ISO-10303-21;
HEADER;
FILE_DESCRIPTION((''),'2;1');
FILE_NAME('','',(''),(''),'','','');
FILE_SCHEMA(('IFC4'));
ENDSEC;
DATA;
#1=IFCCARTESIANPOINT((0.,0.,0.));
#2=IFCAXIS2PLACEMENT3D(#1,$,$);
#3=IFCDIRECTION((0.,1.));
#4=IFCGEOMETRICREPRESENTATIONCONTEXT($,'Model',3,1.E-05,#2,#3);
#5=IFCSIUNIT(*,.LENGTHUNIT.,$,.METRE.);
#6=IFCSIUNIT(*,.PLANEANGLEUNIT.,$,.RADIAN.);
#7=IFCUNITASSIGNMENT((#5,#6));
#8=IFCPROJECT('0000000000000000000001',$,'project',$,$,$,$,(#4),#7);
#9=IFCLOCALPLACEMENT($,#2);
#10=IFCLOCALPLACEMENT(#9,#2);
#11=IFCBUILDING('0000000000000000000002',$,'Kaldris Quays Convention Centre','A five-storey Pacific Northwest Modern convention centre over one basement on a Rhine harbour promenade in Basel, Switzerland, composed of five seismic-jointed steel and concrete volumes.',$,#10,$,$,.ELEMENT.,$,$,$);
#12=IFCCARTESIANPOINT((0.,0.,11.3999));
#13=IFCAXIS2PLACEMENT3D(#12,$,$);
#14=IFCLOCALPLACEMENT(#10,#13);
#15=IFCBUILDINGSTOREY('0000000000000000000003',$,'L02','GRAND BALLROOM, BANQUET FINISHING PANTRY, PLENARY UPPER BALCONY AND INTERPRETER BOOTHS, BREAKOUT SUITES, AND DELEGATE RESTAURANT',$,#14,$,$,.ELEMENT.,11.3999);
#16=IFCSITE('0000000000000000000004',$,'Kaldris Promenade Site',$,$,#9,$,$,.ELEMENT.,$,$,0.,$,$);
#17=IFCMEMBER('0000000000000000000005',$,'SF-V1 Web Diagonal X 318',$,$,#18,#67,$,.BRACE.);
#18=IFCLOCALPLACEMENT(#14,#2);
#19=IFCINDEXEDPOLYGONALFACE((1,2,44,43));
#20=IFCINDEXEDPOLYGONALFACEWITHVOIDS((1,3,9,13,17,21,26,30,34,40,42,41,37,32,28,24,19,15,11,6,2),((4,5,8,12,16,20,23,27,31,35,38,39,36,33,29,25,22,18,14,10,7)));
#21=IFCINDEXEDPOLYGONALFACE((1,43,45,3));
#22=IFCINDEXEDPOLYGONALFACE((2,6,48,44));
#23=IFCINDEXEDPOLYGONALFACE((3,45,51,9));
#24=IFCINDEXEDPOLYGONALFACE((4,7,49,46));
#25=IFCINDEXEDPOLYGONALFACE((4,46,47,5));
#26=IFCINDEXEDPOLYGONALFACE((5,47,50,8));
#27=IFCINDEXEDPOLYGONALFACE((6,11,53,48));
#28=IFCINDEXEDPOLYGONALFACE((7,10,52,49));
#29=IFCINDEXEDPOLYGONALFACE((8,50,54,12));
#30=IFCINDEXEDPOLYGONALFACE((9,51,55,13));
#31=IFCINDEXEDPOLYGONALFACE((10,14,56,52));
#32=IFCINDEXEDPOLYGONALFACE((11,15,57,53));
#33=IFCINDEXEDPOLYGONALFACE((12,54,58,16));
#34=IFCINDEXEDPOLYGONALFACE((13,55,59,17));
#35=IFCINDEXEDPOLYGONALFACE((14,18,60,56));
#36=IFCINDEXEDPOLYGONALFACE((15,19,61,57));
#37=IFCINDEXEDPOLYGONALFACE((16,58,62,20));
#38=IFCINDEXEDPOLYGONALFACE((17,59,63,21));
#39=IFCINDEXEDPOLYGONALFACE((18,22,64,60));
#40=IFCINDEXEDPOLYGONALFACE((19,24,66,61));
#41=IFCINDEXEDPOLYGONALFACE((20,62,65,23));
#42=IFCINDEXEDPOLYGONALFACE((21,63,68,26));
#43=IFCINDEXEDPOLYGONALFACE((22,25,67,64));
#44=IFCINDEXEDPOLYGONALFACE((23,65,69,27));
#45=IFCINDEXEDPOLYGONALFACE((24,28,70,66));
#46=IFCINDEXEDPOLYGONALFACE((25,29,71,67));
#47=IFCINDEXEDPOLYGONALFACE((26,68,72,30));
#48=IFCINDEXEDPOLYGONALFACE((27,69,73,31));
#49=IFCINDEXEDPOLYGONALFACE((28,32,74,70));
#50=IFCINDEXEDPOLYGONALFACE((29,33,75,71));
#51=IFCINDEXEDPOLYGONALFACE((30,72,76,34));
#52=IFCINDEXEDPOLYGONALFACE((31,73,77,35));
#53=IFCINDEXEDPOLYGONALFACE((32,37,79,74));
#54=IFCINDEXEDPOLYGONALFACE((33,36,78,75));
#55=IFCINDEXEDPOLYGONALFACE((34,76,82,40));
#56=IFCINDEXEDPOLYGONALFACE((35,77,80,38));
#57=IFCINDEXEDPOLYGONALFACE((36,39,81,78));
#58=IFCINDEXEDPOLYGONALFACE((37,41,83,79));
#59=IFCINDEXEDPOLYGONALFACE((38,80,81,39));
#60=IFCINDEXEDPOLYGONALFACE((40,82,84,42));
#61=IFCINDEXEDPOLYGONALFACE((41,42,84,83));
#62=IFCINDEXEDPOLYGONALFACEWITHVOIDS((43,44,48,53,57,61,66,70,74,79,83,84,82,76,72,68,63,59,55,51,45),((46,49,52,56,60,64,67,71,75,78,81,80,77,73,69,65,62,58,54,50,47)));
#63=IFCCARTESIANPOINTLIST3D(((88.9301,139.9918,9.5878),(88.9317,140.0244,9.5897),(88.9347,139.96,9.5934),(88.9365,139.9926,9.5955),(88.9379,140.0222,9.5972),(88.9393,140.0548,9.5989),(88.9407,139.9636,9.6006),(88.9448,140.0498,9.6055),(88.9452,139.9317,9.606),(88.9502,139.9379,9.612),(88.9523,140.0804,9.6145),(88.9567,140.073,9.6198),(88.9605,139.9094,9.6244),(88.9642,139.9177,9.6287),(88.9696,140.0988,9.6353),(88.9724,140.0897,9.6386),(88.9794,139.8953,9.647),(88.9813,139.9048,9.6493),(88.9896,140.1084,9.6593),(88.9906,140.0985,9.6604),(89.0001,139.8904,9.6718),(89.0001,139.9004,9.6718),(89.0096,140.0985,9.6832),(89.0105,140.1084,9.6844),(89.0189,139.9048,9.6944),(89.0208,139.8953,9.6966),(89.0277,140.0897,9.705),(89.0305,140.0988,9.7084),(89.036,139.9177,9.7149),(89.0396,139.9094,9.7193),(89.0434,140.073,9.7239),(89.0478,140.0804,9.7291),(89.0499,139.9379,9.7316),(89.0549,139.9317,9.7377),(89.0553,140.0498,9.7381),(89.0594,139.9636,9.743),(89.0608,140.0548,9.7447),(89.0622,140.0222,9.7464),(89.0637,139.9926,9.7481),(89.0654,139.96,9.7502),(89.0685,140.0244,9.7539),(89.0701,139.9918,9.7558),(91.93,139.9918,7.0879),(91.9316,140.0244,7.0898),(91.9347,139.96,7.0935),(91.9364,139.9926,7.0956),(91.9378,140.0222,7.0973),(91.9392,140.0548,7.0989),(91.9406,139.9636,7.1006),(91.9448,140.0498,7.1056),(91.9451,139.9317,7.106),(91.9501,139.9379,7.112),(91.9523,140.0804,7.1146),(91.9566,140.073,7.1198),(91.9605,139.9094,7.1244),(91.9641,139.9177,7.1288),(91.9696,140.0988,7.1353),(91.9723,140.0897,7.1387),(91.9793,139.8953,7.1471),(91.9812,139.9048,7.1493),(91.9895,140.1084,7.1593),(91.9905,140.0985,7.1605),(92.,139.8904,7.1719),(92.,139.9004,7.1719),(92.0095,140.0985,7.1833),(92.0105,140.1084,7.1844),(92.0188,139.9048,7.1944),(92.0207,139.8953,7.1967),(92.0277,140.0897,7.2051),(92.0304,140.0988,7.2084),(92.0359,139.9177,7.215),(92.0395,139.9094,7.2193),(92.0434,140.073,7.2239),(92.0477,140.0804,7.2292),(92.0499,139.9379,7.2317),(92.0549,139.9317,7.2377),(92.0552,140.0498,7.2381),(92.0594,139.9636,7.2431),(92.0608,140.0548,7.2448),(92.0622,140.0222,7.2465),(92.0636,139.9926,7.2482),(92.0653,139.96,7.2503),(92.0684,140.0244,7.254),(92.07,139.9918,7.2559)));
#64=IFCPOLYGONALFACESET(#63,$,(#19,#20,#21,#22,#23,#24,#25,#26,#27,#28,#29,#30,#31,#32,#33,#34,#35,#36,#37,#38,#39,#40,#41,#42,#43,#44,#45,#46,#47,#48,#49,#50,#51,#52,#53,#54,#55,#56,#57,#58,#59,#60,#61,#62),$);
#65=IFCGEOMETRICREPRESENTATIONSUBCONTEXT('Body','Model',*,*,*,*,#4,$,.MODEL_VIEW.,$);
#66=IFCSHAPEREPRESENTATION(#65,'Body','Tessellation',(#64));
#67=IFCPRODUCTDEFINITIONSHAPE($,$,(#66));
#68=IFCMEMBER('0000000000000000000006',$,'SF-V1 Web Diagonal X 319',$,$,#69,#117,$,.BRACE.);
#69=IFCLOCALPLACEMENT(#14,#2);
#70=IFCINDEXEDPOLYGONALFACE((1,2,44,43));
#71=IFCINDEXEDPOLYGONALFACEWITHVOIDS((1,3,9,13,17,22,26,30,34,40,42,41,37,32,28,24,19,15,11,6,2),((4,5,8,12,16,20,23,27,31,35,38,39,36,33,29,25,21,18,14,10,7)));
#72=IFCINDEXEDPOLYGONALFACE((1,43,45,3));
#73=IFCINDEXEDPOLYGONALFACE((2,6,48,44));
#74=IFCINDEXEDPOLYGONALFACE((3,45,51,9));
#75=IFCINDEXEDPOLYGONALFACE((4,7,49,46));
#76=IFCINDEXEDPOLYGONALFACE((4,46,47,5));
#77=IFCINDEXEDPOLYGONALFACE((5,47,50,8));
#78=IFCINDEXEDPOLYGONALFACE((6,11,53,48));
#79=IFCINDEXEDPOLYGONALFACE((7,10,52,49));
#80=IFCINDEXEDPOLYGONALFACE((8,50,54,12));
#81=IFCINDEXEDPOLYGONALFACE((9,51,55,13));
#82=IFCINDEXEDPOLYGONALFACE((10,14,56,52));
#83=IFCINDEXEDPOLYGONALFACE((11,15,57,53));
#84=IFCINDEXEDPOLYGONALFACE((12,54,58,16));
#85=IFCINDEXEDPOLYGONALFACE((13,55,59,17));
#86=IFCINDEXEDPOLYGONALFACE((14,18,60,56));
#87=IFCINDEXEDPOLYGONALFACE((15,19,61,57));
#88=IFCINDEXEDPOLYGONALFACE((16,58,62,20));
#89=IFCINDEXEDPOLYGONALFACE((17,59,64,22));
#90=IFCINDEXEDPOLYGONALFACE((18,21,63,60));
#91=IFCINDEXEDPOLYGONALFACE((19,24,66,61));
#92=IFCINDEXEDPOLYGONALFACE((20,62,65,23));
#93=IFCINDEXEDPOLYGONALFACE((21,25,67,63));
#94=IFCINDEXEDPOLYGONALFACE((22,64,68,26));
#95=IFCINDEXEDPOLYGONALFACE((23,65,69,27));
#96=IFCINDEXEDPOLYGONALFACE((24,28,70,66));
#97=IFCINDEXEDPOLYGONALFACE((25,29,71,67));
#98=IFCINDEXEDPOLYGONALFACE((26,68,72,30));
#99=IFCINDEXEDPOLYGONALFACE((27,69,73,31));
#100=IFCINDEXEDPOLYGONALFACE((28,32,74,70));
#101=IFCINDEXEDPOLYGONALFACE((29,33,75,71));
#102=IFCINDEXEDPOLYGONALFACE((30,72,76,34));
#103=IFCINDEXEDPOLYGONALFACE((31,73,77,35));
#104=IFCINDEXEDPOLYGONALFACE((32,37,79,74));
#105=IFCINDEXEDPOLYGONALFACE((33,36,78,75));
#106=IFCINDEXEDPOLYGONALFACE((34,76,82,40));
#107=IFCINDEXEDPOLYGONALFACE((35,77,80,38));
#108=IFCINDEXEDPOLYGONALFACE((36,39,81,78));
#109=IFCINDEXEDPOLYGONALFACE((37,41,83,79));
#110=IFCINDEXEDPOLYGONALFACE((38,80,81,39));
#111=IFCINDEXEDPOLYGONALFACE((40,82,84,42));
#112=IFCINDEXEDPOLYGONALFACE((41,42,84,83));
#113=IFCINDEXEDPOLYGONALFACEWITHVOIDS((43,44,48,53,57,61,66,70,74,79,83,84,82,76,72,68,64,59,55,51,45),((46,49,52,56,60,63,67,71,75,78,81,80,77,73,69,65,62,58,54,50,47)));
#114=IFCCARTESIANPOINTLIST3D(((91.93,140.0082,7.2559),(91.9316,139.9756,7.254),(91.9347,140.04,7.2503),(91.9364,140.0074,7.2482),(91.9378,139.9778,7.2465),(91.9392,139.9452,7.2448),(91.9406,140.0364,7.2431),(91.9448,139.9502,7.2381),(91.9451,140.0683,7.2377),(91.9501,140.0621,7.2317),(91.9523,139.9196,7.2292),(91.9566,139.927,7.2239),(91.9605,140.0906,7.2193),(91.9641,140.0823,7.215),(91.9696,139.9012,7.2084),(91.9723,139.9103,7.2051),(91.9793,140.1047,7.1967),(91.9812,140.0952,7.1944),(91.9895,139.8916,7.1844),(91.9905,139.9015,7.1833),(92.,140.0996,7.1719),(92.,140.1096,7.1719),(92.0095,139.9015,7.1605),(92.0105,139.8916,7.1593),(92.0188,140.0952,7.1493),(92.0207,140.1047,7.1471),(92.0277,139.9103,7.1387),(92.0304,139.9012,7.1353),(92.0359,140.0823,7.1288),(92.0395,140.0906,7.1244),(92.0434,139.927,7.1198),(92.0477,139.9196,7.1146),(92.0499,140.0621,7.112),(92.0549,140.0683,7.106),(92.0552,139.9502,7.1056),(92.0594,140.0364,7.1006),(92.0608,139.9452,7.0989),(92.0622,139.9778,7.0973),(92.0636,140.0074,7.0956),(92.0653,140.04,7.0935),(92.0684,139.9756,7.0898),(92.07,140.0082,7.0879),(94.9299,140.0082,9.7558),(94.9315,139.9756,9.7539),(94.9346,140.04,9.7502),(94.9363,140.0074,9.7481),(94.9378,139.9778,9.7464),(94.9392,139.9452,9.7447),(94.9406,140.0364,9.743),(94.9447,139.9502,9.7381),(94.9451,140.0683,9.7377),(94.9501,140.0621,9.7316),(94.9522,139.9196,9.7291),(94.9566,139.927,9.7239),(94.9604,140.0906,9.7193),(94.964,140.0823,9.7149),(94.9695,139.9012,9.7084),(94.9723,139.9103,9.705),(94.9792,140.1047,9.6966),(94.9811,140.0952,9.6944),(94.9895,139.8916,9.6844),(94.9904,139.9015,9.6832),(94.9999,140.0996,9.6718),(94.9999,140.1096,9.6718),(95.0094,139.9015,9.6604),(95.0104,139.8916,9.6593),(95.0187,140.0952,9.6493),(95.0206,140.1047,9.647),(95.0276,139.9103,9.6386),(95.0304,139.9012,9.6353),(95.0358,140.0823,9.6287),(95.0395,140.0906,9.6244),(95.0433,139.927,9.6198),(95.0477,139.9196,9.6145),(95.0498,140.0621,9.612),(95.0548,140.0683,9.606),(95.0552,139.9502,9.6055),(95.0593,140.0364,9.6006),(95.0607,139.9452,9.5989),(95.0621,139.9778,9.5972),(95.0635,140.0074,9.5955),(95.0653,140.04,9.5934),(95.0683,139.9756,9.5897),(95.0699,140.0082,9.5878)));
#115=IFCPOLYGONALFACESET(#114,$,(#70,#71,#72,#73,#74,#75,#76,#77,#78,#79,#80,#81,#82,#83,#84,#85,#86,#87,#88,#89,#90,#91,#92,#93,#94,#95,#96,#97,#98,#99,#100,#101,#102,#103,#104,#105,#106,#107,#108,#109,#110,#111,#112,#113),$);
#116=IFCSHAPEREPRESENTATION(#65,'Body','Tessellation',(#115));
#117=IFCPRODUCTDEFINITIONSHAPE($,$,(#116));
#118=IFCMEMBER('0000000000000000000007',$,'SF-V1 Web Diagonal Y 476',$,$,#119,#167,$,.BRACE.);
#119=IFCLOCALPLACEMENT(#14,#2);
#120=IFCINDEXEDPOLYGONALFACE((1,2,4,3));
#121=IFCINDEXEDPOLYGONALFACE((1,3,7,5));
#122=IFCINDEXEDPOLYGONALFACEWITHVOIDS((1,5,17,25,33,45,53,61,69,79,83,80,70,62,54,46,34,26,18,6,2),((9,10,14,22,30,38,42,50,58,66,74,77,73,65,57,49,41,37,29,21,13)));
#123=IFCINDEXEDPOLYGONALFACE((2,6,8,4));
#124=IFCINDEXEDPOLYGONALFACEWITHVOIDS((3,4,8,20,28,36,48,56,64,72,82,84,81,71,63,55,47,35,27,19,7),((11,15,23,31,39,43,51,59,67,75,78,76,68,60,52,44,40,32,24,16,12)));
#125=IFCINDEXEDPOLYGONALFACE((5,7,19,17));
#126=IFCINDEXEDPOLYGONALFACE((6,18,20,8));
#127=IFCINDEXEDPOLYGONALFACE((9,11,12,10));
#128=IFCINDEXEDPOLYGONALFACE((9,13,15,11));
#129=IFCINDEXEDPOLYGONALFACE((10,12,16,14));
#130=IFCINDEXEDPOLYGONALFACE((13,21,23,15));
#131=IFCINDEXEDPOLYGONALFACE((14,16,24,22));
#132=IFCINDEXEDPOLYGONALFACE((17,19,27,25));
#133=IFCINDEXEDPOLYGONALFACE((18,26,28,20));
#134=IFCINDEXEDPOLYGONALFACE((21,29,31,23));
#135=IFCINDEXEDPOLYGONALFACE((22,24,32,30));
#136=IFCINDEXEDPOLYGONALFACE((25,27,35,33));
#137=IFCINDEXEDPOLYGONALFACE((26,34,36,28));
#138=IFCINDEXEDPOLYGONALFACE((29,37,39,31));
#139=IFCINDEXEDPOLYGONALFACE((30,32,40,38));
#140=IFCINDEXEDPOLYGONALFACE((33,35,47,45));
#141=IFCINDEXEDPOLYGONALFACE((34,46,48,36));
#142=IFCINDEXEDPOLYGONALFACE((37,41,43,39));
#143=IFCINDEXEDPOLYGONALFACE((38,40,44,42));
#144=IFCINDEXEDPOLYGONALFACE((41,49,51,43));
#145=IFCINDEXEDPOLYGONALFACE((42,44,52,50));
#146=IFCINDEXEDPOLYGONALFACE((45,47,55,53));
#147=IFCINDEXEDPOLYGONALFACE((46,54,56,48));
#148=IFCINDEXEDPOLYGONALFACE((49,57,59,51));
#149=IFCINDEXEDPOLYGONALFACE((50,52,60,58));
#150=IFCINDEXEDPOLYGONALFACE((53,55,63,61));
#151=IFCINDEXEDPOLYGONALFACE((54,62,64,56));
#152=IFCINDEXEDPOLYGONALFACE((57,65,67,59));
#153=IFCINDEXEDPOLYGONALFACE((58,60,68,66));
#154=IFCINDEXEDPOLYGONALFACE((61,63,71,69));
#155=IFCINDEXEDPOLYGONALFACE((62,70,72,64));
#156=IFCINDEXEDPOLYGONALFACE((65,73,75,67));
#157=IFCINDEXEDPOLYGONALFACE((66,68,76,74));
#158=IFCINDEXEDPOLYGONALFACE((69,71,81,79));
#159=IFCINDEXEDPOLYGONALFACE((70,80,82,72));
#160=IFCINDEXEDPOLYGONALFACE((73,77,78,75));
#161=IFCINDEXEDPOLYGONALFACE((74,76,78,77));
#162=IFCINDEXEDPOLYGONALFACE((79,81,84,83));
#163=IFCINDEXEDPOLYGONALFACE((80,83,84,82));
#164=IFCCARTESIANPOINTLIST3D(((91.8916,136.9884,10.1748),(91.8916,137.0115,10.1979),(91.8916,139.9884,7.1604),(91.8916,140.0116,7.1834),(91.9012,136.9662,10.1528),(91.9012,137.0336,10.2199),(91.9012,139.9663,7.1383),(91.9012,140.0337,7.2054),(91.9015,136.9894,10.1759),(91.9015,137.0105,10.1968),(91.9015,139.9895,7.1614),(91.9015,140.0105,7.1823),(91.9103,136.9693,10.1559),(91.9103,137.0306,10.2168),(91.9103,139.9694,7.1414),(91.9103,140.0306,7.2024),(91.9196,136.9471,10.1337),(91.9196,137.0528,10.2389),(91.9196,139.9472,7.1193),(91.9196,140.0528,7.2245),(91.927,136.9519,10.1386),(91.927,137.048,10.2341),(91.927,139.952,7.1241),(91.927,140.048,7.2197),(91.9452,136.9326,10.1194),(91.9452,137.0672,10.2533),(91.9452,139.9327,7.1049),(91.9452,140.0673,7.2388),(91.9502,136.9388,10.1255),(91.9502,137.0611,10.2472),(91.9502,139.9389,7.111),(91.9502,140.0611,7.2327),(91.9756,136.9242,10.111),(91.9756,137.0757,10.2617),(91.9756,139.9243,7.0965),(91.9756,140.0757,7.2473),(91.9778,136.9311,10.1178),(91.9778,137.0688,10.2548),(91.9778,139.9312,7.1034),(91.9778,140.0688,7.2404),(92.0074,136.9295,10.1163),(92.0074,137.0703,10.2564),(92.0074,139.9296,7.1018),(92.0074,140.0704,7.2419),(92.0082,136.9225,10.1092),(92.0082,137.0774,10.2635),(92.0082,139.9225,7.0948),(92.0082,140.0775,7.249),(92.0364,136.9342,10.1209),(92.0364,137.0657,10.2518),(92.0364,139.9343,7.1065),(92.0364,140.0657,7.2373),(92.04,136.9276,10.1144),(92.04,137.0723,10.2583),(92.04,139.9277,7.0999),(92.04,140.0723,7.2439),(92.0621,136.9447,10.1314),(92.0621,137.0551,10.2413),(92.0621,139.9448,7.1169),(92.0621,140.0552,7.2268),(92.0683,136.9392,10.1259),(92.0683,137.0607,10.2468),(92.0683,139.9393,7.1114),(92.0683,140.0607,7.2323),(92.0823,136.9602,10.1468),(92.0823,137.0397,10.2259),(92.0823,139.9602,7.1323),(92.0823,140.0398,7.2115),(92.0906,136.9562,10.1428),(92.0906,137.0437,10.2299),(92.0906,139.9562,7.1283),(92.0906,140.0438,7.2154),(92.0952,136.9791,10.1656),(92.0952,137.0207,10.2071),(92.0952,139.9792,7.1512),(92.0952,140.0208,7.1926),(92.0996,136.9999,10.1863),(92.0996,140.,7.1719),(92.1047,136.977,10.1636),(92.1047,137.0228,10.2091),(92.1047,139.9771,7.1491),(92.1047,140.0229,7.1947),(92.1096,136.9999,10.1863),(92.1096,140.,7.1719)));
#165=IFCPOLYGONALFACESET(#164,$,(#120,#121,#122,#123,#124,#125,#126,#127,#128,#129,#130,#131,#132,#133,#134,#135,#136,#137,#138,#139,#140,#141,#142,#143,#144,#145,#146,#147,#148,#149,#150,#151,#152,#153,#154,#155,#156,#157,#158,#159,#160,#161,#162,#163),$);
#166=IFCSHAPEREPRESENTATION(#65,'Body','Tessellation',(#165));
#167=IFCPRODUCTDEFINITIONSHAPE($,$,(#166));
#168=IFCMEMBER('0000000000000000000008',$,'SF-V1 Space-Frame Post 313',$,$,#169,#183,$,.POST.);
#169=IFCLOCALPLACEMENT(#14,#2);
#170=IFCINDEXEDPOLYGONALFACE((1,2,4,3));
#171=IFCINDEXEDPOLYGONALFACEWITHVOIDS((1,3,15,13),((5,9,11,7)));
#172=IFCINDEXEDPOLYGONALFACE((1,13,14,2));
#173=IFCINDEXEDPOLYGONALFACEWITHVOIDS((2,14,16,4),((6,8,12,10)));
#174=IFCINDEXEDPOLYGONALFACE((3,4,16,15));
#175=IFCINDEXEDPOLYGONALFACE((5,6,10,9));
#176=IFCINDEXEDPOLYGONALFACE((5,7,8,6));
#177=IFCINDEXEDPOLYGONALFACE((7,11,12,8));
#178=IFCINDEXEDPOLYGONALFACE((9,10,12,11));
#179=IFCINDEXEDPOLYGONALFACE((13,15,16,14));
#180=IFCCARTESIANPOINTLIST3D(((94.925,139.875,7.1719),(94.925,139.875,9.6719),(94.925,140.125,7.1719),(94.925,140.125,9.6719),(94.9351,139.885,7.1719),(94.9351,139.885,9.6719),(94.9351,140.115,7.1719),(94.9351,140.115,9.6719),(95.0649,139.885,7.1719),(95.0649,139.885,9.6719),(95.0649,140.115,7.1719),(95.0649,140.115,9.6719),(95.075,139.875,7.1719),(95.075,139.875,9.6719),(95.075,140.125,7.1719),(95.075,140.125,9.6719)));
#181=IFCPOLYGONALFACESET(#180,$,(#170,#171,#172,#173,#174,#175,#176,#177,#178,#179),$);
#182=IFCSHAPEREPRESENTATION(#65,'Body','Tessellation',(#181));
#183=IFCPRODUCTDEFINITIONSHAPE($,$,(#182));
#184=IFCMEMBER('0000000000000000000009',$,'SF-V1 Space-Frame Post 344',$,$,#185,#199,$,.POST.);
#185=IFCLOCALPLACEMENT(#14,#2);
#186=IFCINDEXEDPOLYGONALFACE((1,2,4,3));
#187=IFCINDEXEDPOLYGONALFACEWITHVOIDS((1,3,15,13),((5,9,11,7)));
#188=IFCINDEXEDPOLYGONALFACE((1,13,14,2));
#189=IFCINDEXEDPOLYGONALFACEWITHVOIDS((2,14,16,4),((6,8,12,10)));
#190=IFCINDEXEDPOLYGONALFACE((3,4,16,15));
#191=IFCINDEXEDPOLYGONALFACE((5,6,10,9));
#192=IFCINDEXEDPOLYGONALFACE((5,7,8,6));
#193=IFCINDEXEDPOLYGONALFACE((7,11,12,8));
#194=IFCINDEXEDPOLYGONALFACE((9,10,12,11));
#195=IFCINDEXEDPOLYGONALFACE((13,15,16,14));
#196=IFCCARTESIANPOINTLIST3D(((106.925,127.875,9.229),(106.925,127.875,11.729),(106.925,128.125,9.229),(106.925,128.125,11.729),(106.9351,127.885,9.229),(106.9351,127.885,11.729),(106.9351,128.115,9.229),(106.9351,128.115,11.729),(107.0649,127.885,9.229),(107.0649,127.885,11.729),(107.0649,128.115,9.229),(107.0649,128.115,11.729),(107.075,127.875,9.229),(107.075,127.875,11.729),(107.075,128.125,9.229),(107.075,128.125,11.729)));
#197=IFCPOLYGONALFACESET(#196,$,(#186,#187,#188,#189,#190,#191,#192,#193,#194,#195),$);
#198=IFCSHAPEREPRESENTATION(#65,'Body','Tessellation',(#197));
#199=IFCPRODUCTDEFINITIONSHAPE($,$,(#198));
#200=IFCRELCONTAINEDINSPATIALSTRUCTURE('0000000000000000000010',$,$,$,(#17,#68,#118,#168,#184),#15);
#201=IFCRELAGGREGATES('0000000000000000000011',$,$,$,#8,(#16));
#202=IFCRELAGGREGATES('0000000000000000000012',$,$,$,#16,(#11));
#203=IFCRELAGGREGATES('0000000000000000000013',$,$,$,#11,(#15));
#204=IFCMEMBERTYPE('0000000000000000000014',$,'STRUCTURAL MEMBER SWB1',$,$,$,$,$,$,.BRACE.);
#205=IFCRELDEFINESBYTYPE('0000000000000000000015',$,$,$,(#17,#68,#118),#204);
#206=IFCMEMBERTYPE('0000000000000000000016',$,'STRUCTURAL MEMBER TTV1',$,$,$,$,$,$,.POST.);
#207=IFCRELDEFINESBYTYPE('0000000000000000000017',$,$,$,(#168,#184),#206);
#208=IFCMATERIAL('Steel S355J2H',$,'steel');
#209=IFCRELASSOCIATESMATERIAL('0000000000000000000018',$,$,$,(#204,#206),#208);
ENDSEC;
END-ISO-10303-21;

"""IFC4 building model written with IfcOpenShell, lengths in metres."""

from ifc_helpers import new_model, si_unit, direction, frame, origin, origin_2d, place, context, subcontext, project, spatial, hollow_rectangle, hollow_circle, extrude, material, material_profile, profile_set, type_object, element, save


model = new_model("IFC4")

# Units and contexts
model_context = context("Model", 3, precision=1e-05, world=origin(), true_north=direction((0.0, 1.0)))
body_context = subcontext(model_context, "Body", "Model", "MODEL_VIEW")
ifc_project = project(units=[si_unit("LENGTHUNIT", "METRE"), si_unit("PLANEANGLEUNIT", "RADIAN")], contexts=[model_context])

# Site, building, storey
site_placement = place(None, origin())
site = spatial("IfcSite", under=ifc_project, at=site_placement, Name="Kaldris Promenade Site", CompositionType="ELEMENT", RefElevation=0.0)
building_placement = place(site_placement, origin())
building = spatial("IfcBuilding", under=site, at=building_placement, Name="Kaldris Quays Convention Centre", Description="A five-storey Pacific Northwest Modern convention centre over one basement on a Rhine harbour promenade in Basel, Switzerland, composed of five seismic-jointed steel and concrete volumes.", CompositionType="ELEMENT")
storey_placement = place(building_placement, frame((0.0, 0.0, 11.3999)))
storey = spatial("IfcBuildingStorey", under=building, at=storey_placement, Name="L02", Description="GRAND BALLROOM, BANQUET FINISHING PANTRY, PLENARY UPPER BALCONY AND INTERPRETER BOOTHS, BREAKOUT SUITES, AND DELEGATE RESTAURANT", CompositionType="ELEMENT", Elevation=11.3999)

# Members
ifc_material_1 = material(Name="Steel S355J2H", Category="steel")
ifc_material_profile_1 = material_profile(ifc_material_1, hollow_circle(Radius=0.1096, WallThickness=0.01, at=origin_2d()), Name="CHS 219.1x10")
ifc_profile_set_1 = profile_set([ifc_material_profile_1], Name="Steel S355J2H")
member_type_1 = type_object("IfcMemberType", Name="STRUCTURAL MEMBER SWB1", PredefinedType="BRACE", material=ifc_profile_set_1)
for number, where, z_axis, x_axis, name in (
    (1, (92.0, 140.0, 7.1719), (-0.768221, 0.0, 0.640184), (0.0, -1.0, 0.0), "SF-V1 Web Diagonal X 318"),
    (2, (92.0, 140.0, 7.1719), (0.768221, 0.0, 0.640184), (0.0, 1.0, 0.0), "SF-V1 Web Diagonal X 319"),
):
    element("IfcMember", number, at=place(storey_placement, frame(where, z_axis=z_axis, x_axis=x_axis)), inside=storey, type_object=member_type_1, Name=name, PredefinedType="BRACE", context=body_context, shape_type="SweptSolid", body=[
        extrude(hollow_circle(Radius=0.1096, WallThickness=0.01, at=origin_2d()), origin(), (0.0, 0.0, 1.0), 3.905),
    ])
member_1_placement = place(storey_placement, frame((92.0, 140.0, 7.1719), z_axis=(0.0, -0.705411, 0.708798), x_axis=(1.0, 0.0, 0.0)))
element("IfcMember", 3, at=member_1_placement, inside=storey, type_object=member_type_1, Name="SF-V1 Web Diagonal Y 476", PredefinedType="BRACE", context=body_context, shape_type="SweptSolid", body=[
    extrude(hollow_circle(Radius=0.1096, WallThickness=0.01, at=origin_2d()), origin(), (0.0, 0.0, 1.0), 4.2529),
])
ifc_material_profile_2 = material_profile(ifc_material_1, hollow_rectangle(XDim=0.1499, YDim=0.25, WallThickness=0.01, at=origin_2d()), Name="RHS 250x150x10")
ifc_profile_set_2 = profile_set([ifc_material_profile_2], Name="Steel S355J2H")
member_type_2 = type_object("IfcMemberType", Name="STRUCTURAL MEMBER TTV1", PredefinedType="POST", material=ifc_profile_set_2)
for number, where, z_axis, x_axis, name in (
    (4, (95.0, 140.0, 7.1719), (0.0, 0.0, 1.0), (1.0, 0.0, 0.0), "SF-V1 Space-Frame Post 313"),
    (5, (107.0, 128.0, 9.229), (0.0, 0.0, 1.0), (1.0, 0.0, 0.0), "SF-V1 Space-Frame Post 344"),
):
    element("IfcMember", number, at=place(storey_placement, frame(where, z_axis=z_axis, x_axis=x_axis)), inside=storey, type_object=member_type_2, Name=name, PredefinedType="POST", context=body_context, shape_type="SweptSolid", body=[
        extrude(hollow_rectangle(XDim=0.1499, YDim=0.25, WallThickness=0.01, at=origin_2d()), origin(), (0.0, 0.0, 1.0), 2.5),
    ])

save(model, "model.ifc")
